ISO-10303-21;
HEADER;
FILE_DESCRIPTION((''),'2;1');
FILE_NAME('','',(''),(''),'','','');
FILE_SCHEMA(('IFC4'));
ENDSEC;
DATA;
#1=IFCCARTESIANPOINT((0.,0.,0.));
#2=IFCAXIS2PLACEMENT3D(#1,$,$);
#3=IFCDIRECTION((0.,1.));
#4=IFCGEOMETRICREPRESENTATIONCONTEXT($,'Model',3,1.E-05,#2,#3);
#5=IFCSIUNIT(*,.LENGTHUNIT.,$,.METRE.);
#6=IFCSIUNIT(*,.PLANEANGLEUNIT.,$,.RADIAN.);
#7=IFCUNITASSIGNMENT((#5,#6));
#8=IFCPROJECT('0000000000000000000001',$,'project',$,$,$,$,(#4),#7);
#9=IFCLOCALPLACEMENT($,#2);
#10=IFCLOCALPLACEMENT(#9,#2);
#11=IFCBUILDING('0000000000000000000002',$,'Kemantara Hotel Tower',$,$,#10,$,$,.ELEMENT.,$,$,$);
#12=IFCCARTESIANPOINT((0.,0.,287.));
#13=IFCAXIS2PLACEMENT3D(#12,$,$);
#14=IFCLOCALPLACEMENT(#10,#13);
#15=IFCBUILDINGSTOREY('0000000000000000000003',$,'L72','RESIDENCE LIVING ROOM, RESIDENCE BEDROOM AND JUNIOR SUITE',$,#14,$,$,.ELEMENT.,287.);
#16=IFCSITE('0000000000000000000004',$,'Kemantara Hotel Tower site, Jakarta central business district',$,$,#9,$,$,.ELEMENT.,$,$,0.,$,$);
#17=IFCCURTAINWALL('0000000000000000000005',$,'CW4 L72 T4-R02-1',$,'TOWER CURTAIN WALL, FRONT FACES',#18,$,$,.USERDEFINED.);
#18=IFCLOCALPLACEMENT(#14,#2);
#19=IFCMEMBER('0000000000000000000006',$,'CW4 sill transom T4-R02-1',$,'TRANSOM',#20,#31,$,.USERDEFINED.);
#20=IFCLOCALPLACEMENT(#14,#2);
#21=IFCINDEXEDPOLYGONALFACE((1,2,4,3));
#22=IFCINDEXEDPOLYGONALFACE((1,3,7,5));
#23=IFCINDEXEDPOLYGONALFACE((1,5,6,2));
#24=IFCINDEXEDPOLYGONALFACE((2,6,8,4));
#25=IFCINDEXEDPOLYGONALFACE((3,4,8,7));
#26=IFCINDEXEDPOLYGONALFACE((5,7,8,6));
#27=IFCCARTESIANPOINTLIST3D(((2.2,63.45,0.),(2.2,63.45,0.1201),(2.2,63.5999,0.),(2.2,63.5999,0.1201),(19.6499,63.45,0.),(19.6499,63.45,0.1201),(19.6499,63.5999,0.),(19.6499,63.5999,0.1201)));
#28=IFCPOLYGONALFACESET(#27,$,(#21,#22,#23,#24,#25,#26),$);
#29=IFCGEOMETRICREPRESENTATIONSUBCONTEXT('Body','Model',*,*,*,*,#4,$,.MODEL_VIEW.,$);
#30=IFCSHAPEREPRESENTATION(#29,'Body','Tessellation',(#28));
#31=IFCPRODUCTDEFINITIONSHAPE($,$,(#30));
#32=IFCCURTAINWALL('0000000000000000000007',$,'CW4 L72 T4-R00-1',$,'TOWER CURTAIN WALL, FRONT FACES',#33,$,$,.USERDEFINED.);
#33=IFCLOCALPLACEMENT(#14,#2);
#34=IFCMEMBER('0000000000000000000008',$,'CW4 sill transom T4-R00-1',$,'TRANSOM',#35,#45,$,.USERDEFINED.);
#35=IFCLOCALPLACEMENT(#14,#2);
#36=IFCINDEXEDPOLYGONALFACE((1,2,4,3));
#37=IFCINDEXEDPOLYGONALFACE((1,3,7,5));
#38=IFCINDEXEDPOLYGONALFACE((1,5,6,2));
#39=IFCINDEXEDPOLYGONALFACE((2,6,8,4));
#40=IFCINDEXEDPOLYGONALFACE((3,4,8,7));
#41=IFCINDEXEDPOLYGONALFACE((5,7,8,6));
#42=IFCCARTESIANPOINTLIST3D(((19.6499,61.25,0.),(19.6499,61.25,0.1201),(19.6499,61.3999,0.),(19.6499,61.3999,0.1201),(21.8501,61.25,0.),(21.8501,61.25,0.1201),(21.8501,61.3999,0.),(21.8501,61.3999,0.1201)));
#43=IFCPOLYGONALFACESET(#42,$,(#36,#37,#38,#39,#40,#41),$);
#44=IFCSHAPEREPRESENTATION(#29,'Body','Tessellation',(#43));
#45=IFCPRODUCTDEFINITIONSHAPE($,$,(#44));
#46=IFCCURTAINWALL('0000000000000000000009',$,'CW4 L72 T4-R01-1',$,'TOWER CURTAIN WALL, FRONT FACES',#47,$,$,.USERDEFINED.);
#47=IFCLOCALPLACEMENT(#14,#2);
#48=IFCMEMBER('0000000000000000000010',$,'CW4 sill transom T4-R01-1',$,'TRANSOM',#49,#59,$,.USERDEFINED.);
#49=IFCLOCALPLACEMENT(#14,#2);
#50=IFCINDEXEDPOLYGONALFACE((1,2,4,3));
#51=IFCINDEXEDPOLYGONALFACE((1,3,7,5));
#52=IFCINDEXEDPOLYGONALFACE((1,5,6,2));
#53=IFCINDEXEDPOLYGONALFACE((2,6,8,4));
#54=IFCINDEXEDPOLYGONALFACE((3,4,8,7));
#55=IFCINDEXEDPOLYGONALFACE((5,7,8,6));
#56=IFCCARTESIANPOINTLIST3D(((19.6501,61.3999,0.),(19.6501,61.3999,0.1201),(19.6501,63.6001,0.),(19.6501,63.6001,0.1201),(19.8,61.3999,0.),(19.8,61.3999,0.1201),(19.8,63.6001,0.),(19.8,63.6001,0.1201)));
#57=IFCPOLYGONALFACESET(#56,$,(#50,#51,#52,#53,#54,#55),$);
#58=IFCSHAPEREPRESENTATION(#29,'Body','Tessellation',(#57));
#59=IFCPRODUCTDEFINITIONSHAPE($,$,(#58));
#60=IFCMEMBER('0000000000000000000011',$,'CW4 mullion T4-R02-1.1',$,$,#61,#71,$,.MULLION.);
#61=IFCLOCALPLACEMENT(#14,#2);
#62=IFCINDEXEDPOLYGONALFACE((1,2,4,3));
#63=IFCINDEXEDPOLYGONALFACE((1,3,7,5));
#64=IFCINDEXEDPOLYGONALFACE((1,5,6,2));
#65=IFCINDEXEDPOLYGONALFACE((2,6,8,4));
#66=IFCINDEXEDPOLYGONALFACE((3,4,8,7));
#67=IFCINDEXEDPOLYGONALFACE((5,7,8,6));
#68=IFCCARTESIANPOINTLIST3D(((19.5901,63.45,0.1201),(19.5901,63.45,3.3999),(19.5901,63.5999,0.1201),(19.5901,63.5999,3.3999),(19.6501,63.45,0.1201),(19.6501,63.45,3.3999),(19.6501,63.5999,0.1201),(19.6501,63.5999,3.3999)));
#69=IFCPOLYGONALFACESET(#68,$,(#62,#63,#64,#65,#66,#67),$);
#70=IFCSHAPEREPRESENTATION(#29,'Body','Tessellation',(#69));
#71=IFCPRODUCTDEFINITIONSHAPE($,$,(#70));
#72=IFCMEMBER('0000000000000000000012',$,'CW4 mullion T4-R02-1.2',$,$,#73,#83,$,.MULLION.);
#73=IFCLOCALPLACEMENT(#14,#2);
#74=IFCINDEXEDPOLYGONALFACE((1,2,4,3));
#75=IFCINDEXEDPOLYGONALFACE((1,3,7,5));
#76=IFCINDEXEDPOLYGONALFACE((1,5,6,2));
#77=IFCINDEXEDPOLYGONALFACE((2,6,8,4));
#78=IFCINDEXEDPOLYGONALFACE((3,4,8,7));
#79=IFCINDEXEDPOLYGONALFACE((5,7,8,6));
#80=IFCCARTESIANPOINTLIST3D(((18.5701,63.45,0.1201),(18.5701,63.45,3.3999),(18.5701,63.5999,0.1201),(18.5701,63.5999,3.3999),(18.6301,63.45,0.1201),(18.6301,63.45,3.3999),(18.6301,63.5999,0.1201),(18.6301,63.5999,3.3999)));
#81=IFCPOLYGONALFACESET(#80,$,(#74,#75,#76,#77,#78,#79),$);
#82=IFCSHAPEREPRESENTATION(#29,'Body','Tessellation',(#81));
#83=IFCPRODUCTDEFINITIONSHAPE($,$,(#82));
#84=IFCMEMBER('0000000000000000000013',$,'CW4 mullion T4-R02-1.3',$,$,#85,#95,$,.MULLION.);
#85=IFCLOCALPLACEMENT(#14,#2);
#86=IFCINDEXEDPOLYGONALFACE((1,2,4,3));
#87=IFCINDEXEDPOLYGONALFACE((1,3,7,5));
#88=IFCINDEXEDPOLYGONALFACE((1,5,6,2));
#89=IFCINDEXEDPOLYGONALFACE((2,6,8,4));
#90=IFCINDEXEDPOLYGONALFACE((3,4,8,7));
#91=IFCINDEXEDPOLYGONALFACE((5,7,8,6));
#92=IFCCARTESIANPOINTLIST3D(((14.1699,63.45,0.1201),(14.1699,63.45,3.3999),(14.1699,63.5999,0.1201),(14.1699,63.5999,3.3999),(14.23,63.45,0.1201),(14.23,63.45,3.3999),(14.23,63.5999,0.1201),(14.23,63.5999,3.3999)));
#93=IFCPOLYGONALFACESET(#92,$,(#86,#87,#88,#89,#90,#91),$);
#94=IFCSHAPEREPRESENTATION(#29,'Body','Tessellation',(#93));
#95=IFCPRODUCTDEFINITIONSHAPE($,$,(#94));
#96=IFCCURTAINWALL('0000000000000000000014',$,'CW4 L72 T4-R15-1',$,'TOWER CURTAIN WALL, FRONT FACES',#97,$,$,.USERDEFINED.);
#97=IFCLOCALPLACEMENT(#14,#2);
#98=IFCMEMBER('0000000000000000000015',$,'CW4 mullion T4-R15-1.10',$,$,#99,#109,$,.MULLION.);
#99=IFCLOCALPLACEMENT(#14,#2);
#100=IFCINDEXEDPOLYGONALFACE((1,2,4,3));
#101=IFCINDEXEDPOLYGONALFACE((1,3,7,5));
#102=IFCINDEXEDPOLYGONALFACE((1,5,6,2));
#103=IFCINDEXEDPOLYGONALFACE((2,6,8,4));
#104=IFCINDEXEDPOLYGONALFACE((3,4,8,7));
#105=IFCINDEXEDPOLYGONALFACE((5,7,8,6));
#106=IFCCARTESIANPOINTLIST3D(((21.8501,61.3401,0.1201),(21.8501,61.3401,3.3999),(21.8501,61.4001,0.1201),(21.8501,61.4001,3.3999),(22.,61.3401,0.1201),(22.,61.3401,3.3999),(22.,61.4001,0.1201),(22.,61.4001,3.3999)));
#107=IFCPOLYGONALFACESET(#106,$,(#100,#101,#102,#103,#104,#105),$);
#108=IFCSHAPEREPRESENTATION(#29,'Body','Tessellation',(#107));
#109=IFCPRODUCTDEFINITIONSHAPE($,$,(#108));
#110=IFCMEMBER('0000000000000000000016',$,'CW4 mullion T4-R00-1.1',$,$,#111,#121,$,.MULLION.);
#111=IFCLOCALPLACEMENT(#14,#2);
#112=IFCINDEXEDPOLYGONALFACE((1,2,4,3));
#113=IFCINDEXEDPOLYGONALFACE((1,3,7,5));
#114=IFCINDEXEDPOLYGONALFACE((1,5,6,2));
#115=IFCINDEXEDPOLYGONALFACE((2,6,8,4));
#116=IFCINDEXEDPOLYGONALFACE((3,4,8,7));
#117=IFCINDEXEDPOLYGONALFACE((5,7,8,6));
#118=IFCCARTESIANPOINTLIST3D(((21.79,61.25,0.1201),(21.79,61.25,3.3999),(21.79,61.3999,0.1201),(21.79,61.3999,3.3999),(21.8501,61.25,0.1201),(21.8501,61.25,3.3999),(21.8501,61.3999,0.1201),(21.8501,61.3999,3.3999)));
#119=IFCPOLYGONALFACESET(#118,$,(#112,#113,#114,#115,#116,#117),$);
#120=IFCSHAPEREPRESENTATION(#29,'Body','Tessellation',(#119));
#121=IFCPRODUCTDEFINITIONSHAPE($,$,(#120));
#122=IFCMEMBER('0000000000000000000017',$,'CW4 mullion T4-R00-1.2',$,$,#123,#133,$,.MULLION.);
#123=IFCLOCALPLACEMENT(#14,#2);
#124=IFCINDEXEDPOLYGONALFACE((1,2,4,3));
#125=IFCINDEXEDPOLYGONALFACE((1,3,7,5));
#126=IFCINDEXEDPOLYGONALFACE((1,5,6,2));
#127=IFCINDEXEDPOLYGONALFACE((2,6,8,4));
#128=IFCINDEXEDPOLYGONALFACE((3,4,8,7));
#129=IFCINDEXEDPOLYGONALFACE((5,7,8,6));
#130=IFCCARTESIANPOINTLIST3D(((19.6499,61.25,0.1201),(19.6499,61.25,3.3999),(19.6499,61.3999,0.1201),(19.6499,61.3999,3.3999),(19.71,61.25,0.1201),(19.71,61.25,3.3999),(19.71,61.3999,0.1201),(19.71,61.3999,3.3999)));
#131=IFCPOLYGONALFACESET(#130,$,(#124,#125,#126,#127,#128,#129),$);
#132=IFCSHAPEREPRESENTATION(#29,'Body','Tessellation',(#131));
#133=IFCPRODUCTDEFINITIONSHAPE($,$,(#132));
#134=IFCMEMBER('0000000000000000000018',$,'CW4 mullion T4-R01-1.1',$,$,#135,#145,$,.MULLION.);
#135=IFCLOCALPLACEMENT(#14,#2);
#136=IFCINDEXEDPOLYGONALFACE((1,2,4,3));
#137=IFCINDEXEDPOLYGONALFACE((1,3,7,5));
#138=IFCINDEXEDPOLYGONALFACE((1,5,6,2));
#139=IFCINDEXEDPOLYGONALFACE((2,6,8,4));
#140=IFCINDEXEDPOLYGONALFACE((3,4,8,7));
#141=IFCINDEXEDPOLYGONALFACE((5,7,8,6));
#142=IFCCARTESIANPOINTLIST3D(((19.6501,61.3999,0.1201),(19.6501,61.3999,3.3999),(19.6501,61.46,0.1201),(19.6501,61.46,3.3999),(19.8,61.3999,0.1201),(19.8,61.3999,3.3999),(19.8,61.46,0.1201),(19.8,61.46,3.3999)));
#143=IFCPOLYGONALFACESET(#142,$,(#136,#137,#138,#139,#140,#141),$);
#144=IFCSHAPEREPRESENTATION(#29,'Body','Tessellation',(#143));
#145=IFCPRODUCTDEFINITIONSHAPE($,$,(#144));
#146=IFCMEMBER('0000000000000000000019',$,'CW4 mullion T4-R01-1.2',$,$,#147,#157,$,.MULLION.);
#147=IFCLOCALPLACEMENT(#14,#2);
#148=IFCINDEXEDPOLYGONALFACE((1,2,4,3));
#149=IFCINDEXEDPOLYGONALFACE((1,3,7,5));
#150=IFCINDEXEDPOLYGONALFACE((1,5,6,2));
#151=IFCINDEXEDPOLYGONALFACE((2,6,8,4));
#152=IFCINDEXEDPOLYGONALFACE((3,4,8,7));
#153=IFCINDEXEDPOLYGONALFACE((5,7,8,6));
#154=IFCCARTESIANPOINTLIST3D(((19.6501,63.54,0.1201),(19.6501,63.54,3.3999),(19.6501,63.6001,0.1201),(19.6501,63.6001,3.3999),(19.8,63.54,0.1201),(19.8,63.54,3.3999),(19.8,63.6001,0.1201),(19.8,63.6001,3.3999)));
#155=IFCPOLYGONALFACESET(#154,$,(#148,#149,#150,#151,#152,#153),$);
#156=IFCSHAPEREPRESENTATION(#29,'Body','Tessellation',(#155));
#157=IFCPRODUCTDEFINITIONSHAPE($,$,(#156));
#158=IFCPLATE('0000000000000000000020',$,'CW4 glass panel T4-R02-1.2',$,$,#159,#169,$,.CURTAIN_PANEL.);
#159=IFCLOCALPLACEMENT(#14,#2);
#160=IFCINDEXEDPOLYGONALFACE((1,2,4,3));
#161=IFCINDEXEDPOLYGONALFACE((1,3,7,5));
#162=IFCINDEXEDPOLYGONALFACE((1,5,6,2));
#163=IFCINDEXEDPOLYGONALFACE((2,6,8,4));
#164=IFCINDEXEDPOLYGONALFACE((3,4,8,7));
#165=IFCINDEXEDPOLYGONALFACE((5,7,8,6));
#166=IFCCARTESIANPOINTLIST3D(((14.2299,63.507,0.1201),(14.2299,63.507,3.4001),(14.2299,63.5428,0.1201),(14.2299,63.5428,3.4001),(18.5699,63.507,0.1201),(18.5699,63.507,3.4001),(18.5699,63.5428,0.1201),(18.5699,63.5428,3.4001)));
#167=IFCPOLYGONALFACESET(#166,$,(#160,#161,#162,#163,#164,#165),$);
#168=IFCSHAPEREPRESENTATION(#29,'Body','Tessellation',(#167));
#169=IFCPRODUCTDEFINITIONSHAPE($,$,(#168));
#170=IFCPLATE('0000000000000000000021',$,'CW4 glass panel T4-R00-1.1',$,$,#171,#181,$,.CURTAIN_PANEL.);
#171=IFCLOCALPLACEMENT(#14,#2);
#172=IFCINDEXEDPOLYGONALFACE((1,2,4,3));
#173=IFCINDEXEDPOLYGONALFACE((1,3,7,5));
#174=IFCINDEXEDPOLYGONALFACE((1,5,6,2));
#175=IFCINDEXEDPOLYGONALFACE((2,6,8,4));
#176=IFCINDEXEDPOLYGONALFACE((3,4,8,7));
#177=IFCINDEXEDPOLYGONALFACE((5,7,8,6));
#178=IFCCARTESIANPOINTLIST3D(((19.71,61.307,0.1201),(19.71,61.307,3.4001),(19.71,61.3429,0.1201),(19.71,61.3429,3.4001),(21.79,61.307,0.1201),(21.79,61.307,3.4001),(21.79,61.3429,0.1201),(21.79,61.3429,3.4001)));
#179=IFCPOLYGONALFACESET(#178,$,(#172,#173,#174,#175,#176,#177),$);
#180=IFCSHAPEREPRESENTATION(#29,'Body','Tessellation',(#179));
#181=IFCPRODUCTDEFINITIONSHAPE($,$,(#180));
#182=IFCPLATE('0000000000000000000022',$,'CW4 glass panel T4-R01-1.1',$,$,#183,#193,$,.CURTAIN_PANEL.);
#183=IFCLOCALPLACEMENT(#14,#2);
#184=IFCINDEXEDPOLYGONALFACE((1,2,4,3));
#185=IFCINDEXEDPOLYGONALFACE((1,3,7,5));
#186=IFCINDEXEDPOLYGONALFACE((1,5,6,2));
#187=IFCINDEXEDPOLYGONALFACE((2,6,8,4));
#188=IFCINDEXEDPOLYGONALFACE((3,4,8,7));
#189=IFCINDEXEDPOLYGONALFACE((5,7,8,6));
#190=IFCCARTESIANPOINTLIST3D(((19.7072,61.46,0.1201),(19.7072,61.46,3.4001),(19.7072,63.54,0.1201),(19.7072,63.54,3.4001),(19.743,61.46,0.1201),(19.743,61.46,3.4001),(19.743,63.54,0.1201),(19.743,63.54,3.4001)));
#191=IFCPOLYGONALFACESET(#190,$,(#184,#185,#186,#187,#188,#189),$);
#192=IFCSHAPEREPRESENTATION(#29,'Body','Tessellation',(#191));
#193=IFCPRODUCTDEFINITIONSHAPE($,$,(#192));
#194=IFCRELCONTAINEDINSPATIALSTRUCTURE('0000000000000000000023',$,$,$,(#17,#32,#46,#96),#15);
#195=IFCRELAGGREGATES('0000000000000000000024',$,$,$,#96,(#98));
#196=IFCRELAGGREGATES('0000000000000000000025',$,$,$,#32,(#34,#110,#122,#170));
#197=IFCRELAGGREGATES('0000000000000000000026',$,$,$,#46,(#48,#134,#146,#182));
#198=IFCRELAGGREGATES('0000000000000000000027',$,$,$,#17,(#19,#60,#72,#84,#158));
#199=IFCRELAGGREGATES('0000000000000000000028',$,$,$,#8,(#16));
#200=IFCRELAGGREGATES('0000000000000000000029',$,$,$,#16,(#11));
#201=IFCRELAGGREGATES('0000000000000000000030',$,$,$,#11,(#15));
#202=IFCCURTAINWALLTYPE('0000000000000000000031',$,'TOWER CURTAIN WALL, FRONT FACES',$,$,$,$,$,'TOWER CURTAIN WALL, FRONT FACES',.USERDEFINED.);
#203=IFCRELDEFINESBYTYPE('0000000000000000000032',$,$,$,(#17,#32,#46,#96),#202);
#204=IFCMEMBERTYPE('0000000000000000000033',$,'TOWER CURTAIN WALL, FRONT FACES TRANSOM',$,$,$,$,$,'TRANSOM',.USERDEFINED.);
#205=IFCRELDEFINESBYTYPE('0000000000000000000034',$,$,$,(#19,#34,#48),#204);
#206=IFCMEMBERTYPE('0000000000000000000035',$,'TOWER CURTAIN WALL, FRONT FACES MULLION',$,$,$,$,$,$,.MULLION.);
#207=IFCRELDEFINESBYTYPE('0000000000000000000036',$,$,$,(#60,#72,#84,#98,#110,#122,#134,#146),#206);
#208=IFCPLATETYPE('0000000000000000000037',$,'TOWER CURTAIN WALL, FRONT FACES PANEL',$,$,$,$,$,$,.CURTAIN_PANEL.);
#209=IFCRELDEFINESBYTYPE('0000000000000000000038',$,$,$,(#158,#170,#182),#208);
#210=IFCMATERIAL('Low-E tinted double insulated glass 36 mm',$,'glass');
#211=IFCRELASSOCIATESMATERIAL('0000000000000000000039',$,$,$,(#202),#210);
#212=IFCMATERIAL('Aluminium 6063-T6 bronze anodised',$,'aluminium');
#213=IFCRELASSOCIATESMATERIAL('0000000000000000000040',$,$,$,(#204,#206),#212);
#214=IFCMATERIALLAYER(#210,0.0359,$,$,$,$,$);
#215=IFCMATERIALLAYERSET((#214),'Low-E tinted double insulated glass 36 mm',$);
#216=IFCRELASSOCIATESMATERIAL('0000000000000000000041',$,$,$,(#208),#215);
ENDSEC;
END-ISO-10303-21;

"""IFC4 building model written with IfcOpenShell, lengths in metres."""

from ifc_helpers import new_model, si_unit, direction, frame, origin, origin_2d, place, context, subcontext, project, spatial, rectangle, extrude, source, transform, mapped, material, layer, layer_set, material_profile, profile_set, type_object, element, aggregate, save


model = new_model("IFC4")

# Units and contexts
model_context = context("Model", 3, precision=1e-05, world=origin(), true_north=direction((0.0, 1.0)))
body_context = subcontext(model_context, "Body", "Model", "MODEL_VIEW")
ifc_project = project(units=[si_unit("LENGTHUNIT", "METRE"), si_unit("PLANEANGLEUNIT", "RADIAN")], contexts=[model_context])

# Site, building, storey
site_placement = place(None, origin())
site = spatial("IfcSite", under=ifc_project, at=site_placement, Name="Kemantara Hotel Tower site, Jakarta central business district", CompositionType="ELEMENT", RefElevation=0.0)
building_placement = place(site_placement, origin())
building = spatial("IfcBuilding", under=site, at=building_placement, Name="Kemantara Hotel Tower", CompositionType="ELEMENT")
storey_placement = place(building_placement, frame((0.0, 0.0, 287.0)))
storey = spatial("IfcBuildingStorey", under=building, at=storey_placement, Name="L72", Description="RESIDENCE LIVING ROOM, RESIDENCE BEDROOM AND JUNIOR SUITE", CompositionType="ELEMENT", Elevation=287.0)

# Curtain walls, members
ifc_material_1 = material(Name="Low-E tinted double insulated glass 36 mm", Category="glass")
curtain_wall_type = type_object("IfcCurtainWallType", Name="TOWER CURTAIN WALL, FRONT FACES", ElementType="TOWER CURTAIN WALL, FRONT FACES", PredefinedType="USERDEFINED", material=ifc_material_1)
curtain_wall_1_placement = place(storey_placement, origin())
curtain_wall_1 = element("IfcCurtainWall", 1, at=curtain_wall_1_placement, inside=storey, type_object=curtain_wall_type, Name="CW4 L72 T4-R02-1", ObjectType="TOWER CURTAIN WALL, FRONT FACES", PredefinedType="USERDEFINED")
ifc_material_2 = material(Name="Aluminium 6063-T6 bronze anodised", Category="aluminium")
ifc_material_profile_1 = material_profile(ifc_material_2, rectangle(XDim=0.1499, YDim=0.1201, at=origin_2d()), Name="TOWER CURTAIN WALL, FRONT FACES TRANSOM")
ifc_profile_set_1 = profile_set([ifc_material_profile_1], Name="Aluminium 6063-T6 bronze anodised")
member_type_1 = type_object("IfcMemberType", Name="TOWER CURTAIN WALL, FRONT FACES TRANSOM", ElementType="TRANSOM", PredefinedType="USERDEFINED", material=ifc_profile_set_1)
member_1_placement = place(storey_placement, frame((19.6499, 63.5249, 0.0601), z_axis=(-1.0, 0.0, 0.0), x_axis=(0.0, -1.0, 0.0)))
member_1 = element("IfcMember", 2, at=member_1_placement, type_object=member_type_1, Name="CW4 sill transom T4-R02-1", ObjectType="TRANSOM", PredefinedType="USERDEFINED", context=body_context, shape_type="SweptSolid", body=[
    extrude(rectangle(XDim=0.1499, YDim=0.1201, at=origin_2d()), origin(), (0.0, 0.0, 1.0), 17.45),
])
curtain_wall_2_placement = place(storey_placement, origin())
curtain_wall_2 = element("IfcCurtainWall", 3, at=curtain_wall_2_placement, inside=storey, type_object=curtain_wall_type, Name="CW4 L72 T4-R00-1", ObjectType="TOWER CURTAIN WALL, FRONT FACES", PredefinedType="USERDEFINED")
member_2_placement = place(storey_placement, frame((21.8501, 61.325, 0.0601), z_axis=(-1.0, 0.0, 0.0), x_axis=(0.0, -1.0, 0.0)))
member_2 = element("IfcMember", 4, at=member_2_placement, type_object=member_type_1, Name="CW4 sill transom T4-R00-1", ObjectType="TRANSOM", PredefinedType="USERDEFINED", context=body_context, shape_type="SweptSolid", body=[
    extrude(rectangle(XDim=0.1499, YDim=0.1201, at=origin_2d()), origin(), (0.0, 0.0, 1.0), 2.2002),
])
curtain_wall_3_placement = place(storey_placement, origin())
curtain_wall_3 = element("IfcCurtainWall", 5, at=curtain_wall_3_placement, inside=storey, type_object=curtain_wall_type, Name="CW4 L72 T4-R01-1", ObjectType="TOWER CURTAIN WALL, FRONT FACES", PredefinedType="USERDEFINED")
member_3_placement = place(storey_placement, frame((19.7251, 61.3999, 0.0601), z_axis=(0.0, 1.0, 0.0), x_axis=(-1.0, 0.0, 0.0)))
member_3 = element("IfcMember", 6, at=member_3_placement, type_object=member_type_1, Name="CW4 sill transom T4-R01-1", ObjectType="TRANSOM", PredefinedType="USERDEFINED", context=body_context, shape_type="SweptSolid", body=[
    extrude(rectangle(XDim=0.1499, YDim=0.1201, at=origin_2d()), origin(), (0.0, 0.0, 1.0), 2.2002),
])

# Members
ifc_material_profile_2 = material_profile(ifc_material_2, rectangle(XDim=0.1499, YDim=0.0601, at=origin_2d()), Name="TOWER CURTAIN WALL, FRONT FACES MULLION")
ifc_profile_set_2 = profile_set([ifc_material_profile_2], Name="Aluminium 6063-T6 bronze anodised")
member_type_2 = type_object("IfcMemberType", Name="TOWER CURTAIN WALL, FRONT FACES MULLION", PredefinedType="MULLION", material=ifc_profile_set_2)
shared_shape_1 = source(origin(), body_context, "Body", "SweptSolid", [
    extrude(rectangle(XDim=0.1499, YDim=0.0601, at=origin_2d()), origin(), (0.0, 0.0, 1.0), 3.2798),
])
member_4_placement = place(storey_placement, frame((19.6201, 63.5249, 0.1201), z_axis=(0.0, 0.0, 1.0), x_axis=(0.0, -1.0, 0.0)))
member_4 = element("IfcMember", 7, at=member_4_placement, type_object=member_type_2, Name="CW4 mullion T4-R02-1.1", PredefinedType="MULLION", context=body_context, shape_type="MappedRepresentation", body=[
    mapped(shared_shape_1, transform((0.0, 0.0, 0.0))),
])
member_5_placement = place(storey_placement, frame((18.6001, 63.5249, 0.1201), z_axis=(0.0, 0.0, 1.0), x_axis=(0.0, -1.0, 0.0)))
member_5 = element("IfcMember", 8, at=member_5_placement, type_object=member_type_2, Name="CW4 mullion T4-R02-1.2", PredefinedType="MULLION", context=body_context, shape_type="MappedRepresentation", body=[
    mapped(shared_shape_1, transform((0.0, 0.0, 0.0))),
])
member_6_placement = place(storey_placement, frame((14.2, 63.5249, 0.1201), z_axis=(0.0, 0.0, 1.0), x_axis=(0.0, -1.0, 0.0)))
member_6 = element("IfcMember", 9, at=member_6_placement, type_object=member_type_2, Name="CW4 mullion T4-R02-1.3", PredefinedType="MULLION", context=body_context, shape_type="MappedRepresentation", body=[
    mapped(shared_shape_1, transform((0.0, 0.0, 0.0))),
])

# Curtain wall, member
curtain_wall_4_placement = place(storey_placement, origin())
curtain_wall_4 = element("IfcCurtainWall", 10, at=curtain_wall_4_placement, inside=storey, type_object=curtain_wall_type, Name="CW4 L72 T4-R15-1", ObjectType="TOWER CURTAIN WALL, FRONT FACES", PredefinedType="USERDEFINED")
member_7_placement = place(storey_placement, frame((21.925, 61.3701, 0.1201), z_axis=(0.0, 0.0, 1.0), x_axis=(-1.0, 0.0, 0.0)))
member_7 = element("IfcMember", 11, at=member_7_placement, type_object=member_type_2, Name="CW4 mullion T4-R15-1.10", PredefinedType="MULLION", context=body_context, shape_type="MappedRepresentation", body=[
    mapped(shared_shape_1, transform((0.0, 0.0, 0.0))),
])
aggregate(curtain_wall_4, [member_7])

# Members
member_8_placement = place(storey_placement, frame((21.8201, 61.325, 0.1201), z_axis=(0.0, 0.0, 1.0), x_axis=(0.0, -1.0, 0.0)))
member_8 = element("IfcMember", 12, at=member_8_placement, type_object=member_type_2, Name="CW4 mullion T4-R00-1.1", PredefinedType="MULLION", context=body_context, shape_type="MappedRepresentation", body=[
    mapped(shared_shape_1, transform((0.0, 0.0, 0.0))),
])
member_9_placement = place(storey_placement, frame((19.6799, 61.325, 0.1201), z_axis=(0.0, 0.0, 1.0), x_axis=(0.0, -1.0, 0.0)))
member_9 = element("IfcMember", 13, at=member_9_placement, type_object=member_type_2, Name="CW4 mullion T4-R00-1.2", PredefinedType="MULLION", context=body_context, shape_type="MappedRepresentation", body=[
    mapped(shared_shape_1, transform((0.0, 0.0, 0.0))),
])
member_10_placement = place(storey_placement, frame((19.7251, 61.4299, 0.1201), z_axis=(0.0, 0.0, 1.0), x_axis=(-1.0, 0.0, 0.0)))
member_10 = element("IfcMember", 14, at=member_10_placement, type_object=member_type_2, Name="CW4 mullion T4-R01-1.1", PredefinedType="MULLION", context=body_context, shape_type="MappedRepresentation", body=[
    mapped(shared_shape_1, transform((0.0, 0.0, 0.0))),
])
member_11_placement = place(storey_placement, frame((19.7251, 63.5701, 0.1201), z_axis=(0.0, 0.0, 1.0), x_axis=(-1.0, 0.0, 0.0)))
member_11 = element("IfcMember", 15, at=member_11_placement, type_object=member_type_2, Name="CW4 mullion T4-R01-1.2", PredefinedType="MULLION", context=body_context, shape_type="MappedRepresentation", body=[
    mapped(shared_shape_1, transform((0.0, 0.0, 0.0))),
])

# Plates
ifc_layer_1 = layer(ifc_material_1, 0.0359)
ifc_layer_set_1 = layer_set([ifc_layer_1], Name="Low-E tinted double insulated glass 36 mm")
plate_type = type_object("IfcPlateType", Name="TOWER CURTAIN WALL, FRONT FACES PANEL", PredefinedType="CURTAIN_PANEL", material=ifc_layer_set_1)
shared_shape_2 = source(origin(), body_context, "Body", "SweptSolid", [
    extrude(rectangle(XDim=4.3401, YDim=0.0359, at=origin_2d()), origin(), (0.0, 0.0, 1.0), 3.28),
])
plate_1_placement = place(storey_placement, frame((16.3999, 63.5249, 0.1201), z_axis=(0.0, 0.0, 1.0), x_axis=(-1.0, 0.0, 0.0)))
plate_1 = element("IfcPlate", 16, at=plate_1_placement, type_object=plate_type, Name="CW4 glass panel T4-R02-1.2", PredefinedType="CURTAIN_PANEL", context=body_context, shape_type="MappedRepresentation", body=[
    mapped(shared_shape_2, transform((0.0, 0.0, 0.0))),
])
shared_shape_3 = source(origin(), body_context, "Body", "SweptSolid", [
    extrude(rectangle(XDim=2.0801, YDim=0.0359, at=origin_2d()), origin(), (0.0, 0.0, 1.0), 3.28),
])
plate_2_placement = place(storey_placement, frame((20.75, 61.325, 0.1201), z_axis=(0.0, 0.0, 1.0), x_axis=(-1.0, 0.0, 0.0)))
plate_2 = element("IfcPlate", 17, at=plate_2_placement, type_object=plate_type, Name="CW4 glass panel T4-R00-1.1", PredefinedType="CURTAIN_PANEL", context=body_context, shape_type="MappedRepresentation", body=[
    mapped(shared_shape_3, transform((0.0, 0.0, 0.0))),
])
aggregate(curtain_wall_2, [member_2, member_8, member_9, plate_2])
plate_3_placement = place(storey_placement, frame((19.7251, 62.5, 0.1201), z_axis=(0.0, 0.0, 1.0), x_axis=(0.0, 1.0, 0.0)))
plate_3 = element("IfcPlate", 18, at=plate_3_placement, type_object=plate_type, Name="CW4 glass panel T4-R01-1.1", PredefinedType="CURTAIN_PANEL", context=body_context, shape_type="MappedRepresentation", body=[
    mapped(shared_shape_3, transform((0.0, 0.0, 0.0))),
])
aggregate(curtain_wall_3, [member_3, member_10, member_11, plate_3])
aggregate(curtain_wall_1, [member_1, member_4, member_5, member_6, plate_1])

save(model, "model.ifc")
